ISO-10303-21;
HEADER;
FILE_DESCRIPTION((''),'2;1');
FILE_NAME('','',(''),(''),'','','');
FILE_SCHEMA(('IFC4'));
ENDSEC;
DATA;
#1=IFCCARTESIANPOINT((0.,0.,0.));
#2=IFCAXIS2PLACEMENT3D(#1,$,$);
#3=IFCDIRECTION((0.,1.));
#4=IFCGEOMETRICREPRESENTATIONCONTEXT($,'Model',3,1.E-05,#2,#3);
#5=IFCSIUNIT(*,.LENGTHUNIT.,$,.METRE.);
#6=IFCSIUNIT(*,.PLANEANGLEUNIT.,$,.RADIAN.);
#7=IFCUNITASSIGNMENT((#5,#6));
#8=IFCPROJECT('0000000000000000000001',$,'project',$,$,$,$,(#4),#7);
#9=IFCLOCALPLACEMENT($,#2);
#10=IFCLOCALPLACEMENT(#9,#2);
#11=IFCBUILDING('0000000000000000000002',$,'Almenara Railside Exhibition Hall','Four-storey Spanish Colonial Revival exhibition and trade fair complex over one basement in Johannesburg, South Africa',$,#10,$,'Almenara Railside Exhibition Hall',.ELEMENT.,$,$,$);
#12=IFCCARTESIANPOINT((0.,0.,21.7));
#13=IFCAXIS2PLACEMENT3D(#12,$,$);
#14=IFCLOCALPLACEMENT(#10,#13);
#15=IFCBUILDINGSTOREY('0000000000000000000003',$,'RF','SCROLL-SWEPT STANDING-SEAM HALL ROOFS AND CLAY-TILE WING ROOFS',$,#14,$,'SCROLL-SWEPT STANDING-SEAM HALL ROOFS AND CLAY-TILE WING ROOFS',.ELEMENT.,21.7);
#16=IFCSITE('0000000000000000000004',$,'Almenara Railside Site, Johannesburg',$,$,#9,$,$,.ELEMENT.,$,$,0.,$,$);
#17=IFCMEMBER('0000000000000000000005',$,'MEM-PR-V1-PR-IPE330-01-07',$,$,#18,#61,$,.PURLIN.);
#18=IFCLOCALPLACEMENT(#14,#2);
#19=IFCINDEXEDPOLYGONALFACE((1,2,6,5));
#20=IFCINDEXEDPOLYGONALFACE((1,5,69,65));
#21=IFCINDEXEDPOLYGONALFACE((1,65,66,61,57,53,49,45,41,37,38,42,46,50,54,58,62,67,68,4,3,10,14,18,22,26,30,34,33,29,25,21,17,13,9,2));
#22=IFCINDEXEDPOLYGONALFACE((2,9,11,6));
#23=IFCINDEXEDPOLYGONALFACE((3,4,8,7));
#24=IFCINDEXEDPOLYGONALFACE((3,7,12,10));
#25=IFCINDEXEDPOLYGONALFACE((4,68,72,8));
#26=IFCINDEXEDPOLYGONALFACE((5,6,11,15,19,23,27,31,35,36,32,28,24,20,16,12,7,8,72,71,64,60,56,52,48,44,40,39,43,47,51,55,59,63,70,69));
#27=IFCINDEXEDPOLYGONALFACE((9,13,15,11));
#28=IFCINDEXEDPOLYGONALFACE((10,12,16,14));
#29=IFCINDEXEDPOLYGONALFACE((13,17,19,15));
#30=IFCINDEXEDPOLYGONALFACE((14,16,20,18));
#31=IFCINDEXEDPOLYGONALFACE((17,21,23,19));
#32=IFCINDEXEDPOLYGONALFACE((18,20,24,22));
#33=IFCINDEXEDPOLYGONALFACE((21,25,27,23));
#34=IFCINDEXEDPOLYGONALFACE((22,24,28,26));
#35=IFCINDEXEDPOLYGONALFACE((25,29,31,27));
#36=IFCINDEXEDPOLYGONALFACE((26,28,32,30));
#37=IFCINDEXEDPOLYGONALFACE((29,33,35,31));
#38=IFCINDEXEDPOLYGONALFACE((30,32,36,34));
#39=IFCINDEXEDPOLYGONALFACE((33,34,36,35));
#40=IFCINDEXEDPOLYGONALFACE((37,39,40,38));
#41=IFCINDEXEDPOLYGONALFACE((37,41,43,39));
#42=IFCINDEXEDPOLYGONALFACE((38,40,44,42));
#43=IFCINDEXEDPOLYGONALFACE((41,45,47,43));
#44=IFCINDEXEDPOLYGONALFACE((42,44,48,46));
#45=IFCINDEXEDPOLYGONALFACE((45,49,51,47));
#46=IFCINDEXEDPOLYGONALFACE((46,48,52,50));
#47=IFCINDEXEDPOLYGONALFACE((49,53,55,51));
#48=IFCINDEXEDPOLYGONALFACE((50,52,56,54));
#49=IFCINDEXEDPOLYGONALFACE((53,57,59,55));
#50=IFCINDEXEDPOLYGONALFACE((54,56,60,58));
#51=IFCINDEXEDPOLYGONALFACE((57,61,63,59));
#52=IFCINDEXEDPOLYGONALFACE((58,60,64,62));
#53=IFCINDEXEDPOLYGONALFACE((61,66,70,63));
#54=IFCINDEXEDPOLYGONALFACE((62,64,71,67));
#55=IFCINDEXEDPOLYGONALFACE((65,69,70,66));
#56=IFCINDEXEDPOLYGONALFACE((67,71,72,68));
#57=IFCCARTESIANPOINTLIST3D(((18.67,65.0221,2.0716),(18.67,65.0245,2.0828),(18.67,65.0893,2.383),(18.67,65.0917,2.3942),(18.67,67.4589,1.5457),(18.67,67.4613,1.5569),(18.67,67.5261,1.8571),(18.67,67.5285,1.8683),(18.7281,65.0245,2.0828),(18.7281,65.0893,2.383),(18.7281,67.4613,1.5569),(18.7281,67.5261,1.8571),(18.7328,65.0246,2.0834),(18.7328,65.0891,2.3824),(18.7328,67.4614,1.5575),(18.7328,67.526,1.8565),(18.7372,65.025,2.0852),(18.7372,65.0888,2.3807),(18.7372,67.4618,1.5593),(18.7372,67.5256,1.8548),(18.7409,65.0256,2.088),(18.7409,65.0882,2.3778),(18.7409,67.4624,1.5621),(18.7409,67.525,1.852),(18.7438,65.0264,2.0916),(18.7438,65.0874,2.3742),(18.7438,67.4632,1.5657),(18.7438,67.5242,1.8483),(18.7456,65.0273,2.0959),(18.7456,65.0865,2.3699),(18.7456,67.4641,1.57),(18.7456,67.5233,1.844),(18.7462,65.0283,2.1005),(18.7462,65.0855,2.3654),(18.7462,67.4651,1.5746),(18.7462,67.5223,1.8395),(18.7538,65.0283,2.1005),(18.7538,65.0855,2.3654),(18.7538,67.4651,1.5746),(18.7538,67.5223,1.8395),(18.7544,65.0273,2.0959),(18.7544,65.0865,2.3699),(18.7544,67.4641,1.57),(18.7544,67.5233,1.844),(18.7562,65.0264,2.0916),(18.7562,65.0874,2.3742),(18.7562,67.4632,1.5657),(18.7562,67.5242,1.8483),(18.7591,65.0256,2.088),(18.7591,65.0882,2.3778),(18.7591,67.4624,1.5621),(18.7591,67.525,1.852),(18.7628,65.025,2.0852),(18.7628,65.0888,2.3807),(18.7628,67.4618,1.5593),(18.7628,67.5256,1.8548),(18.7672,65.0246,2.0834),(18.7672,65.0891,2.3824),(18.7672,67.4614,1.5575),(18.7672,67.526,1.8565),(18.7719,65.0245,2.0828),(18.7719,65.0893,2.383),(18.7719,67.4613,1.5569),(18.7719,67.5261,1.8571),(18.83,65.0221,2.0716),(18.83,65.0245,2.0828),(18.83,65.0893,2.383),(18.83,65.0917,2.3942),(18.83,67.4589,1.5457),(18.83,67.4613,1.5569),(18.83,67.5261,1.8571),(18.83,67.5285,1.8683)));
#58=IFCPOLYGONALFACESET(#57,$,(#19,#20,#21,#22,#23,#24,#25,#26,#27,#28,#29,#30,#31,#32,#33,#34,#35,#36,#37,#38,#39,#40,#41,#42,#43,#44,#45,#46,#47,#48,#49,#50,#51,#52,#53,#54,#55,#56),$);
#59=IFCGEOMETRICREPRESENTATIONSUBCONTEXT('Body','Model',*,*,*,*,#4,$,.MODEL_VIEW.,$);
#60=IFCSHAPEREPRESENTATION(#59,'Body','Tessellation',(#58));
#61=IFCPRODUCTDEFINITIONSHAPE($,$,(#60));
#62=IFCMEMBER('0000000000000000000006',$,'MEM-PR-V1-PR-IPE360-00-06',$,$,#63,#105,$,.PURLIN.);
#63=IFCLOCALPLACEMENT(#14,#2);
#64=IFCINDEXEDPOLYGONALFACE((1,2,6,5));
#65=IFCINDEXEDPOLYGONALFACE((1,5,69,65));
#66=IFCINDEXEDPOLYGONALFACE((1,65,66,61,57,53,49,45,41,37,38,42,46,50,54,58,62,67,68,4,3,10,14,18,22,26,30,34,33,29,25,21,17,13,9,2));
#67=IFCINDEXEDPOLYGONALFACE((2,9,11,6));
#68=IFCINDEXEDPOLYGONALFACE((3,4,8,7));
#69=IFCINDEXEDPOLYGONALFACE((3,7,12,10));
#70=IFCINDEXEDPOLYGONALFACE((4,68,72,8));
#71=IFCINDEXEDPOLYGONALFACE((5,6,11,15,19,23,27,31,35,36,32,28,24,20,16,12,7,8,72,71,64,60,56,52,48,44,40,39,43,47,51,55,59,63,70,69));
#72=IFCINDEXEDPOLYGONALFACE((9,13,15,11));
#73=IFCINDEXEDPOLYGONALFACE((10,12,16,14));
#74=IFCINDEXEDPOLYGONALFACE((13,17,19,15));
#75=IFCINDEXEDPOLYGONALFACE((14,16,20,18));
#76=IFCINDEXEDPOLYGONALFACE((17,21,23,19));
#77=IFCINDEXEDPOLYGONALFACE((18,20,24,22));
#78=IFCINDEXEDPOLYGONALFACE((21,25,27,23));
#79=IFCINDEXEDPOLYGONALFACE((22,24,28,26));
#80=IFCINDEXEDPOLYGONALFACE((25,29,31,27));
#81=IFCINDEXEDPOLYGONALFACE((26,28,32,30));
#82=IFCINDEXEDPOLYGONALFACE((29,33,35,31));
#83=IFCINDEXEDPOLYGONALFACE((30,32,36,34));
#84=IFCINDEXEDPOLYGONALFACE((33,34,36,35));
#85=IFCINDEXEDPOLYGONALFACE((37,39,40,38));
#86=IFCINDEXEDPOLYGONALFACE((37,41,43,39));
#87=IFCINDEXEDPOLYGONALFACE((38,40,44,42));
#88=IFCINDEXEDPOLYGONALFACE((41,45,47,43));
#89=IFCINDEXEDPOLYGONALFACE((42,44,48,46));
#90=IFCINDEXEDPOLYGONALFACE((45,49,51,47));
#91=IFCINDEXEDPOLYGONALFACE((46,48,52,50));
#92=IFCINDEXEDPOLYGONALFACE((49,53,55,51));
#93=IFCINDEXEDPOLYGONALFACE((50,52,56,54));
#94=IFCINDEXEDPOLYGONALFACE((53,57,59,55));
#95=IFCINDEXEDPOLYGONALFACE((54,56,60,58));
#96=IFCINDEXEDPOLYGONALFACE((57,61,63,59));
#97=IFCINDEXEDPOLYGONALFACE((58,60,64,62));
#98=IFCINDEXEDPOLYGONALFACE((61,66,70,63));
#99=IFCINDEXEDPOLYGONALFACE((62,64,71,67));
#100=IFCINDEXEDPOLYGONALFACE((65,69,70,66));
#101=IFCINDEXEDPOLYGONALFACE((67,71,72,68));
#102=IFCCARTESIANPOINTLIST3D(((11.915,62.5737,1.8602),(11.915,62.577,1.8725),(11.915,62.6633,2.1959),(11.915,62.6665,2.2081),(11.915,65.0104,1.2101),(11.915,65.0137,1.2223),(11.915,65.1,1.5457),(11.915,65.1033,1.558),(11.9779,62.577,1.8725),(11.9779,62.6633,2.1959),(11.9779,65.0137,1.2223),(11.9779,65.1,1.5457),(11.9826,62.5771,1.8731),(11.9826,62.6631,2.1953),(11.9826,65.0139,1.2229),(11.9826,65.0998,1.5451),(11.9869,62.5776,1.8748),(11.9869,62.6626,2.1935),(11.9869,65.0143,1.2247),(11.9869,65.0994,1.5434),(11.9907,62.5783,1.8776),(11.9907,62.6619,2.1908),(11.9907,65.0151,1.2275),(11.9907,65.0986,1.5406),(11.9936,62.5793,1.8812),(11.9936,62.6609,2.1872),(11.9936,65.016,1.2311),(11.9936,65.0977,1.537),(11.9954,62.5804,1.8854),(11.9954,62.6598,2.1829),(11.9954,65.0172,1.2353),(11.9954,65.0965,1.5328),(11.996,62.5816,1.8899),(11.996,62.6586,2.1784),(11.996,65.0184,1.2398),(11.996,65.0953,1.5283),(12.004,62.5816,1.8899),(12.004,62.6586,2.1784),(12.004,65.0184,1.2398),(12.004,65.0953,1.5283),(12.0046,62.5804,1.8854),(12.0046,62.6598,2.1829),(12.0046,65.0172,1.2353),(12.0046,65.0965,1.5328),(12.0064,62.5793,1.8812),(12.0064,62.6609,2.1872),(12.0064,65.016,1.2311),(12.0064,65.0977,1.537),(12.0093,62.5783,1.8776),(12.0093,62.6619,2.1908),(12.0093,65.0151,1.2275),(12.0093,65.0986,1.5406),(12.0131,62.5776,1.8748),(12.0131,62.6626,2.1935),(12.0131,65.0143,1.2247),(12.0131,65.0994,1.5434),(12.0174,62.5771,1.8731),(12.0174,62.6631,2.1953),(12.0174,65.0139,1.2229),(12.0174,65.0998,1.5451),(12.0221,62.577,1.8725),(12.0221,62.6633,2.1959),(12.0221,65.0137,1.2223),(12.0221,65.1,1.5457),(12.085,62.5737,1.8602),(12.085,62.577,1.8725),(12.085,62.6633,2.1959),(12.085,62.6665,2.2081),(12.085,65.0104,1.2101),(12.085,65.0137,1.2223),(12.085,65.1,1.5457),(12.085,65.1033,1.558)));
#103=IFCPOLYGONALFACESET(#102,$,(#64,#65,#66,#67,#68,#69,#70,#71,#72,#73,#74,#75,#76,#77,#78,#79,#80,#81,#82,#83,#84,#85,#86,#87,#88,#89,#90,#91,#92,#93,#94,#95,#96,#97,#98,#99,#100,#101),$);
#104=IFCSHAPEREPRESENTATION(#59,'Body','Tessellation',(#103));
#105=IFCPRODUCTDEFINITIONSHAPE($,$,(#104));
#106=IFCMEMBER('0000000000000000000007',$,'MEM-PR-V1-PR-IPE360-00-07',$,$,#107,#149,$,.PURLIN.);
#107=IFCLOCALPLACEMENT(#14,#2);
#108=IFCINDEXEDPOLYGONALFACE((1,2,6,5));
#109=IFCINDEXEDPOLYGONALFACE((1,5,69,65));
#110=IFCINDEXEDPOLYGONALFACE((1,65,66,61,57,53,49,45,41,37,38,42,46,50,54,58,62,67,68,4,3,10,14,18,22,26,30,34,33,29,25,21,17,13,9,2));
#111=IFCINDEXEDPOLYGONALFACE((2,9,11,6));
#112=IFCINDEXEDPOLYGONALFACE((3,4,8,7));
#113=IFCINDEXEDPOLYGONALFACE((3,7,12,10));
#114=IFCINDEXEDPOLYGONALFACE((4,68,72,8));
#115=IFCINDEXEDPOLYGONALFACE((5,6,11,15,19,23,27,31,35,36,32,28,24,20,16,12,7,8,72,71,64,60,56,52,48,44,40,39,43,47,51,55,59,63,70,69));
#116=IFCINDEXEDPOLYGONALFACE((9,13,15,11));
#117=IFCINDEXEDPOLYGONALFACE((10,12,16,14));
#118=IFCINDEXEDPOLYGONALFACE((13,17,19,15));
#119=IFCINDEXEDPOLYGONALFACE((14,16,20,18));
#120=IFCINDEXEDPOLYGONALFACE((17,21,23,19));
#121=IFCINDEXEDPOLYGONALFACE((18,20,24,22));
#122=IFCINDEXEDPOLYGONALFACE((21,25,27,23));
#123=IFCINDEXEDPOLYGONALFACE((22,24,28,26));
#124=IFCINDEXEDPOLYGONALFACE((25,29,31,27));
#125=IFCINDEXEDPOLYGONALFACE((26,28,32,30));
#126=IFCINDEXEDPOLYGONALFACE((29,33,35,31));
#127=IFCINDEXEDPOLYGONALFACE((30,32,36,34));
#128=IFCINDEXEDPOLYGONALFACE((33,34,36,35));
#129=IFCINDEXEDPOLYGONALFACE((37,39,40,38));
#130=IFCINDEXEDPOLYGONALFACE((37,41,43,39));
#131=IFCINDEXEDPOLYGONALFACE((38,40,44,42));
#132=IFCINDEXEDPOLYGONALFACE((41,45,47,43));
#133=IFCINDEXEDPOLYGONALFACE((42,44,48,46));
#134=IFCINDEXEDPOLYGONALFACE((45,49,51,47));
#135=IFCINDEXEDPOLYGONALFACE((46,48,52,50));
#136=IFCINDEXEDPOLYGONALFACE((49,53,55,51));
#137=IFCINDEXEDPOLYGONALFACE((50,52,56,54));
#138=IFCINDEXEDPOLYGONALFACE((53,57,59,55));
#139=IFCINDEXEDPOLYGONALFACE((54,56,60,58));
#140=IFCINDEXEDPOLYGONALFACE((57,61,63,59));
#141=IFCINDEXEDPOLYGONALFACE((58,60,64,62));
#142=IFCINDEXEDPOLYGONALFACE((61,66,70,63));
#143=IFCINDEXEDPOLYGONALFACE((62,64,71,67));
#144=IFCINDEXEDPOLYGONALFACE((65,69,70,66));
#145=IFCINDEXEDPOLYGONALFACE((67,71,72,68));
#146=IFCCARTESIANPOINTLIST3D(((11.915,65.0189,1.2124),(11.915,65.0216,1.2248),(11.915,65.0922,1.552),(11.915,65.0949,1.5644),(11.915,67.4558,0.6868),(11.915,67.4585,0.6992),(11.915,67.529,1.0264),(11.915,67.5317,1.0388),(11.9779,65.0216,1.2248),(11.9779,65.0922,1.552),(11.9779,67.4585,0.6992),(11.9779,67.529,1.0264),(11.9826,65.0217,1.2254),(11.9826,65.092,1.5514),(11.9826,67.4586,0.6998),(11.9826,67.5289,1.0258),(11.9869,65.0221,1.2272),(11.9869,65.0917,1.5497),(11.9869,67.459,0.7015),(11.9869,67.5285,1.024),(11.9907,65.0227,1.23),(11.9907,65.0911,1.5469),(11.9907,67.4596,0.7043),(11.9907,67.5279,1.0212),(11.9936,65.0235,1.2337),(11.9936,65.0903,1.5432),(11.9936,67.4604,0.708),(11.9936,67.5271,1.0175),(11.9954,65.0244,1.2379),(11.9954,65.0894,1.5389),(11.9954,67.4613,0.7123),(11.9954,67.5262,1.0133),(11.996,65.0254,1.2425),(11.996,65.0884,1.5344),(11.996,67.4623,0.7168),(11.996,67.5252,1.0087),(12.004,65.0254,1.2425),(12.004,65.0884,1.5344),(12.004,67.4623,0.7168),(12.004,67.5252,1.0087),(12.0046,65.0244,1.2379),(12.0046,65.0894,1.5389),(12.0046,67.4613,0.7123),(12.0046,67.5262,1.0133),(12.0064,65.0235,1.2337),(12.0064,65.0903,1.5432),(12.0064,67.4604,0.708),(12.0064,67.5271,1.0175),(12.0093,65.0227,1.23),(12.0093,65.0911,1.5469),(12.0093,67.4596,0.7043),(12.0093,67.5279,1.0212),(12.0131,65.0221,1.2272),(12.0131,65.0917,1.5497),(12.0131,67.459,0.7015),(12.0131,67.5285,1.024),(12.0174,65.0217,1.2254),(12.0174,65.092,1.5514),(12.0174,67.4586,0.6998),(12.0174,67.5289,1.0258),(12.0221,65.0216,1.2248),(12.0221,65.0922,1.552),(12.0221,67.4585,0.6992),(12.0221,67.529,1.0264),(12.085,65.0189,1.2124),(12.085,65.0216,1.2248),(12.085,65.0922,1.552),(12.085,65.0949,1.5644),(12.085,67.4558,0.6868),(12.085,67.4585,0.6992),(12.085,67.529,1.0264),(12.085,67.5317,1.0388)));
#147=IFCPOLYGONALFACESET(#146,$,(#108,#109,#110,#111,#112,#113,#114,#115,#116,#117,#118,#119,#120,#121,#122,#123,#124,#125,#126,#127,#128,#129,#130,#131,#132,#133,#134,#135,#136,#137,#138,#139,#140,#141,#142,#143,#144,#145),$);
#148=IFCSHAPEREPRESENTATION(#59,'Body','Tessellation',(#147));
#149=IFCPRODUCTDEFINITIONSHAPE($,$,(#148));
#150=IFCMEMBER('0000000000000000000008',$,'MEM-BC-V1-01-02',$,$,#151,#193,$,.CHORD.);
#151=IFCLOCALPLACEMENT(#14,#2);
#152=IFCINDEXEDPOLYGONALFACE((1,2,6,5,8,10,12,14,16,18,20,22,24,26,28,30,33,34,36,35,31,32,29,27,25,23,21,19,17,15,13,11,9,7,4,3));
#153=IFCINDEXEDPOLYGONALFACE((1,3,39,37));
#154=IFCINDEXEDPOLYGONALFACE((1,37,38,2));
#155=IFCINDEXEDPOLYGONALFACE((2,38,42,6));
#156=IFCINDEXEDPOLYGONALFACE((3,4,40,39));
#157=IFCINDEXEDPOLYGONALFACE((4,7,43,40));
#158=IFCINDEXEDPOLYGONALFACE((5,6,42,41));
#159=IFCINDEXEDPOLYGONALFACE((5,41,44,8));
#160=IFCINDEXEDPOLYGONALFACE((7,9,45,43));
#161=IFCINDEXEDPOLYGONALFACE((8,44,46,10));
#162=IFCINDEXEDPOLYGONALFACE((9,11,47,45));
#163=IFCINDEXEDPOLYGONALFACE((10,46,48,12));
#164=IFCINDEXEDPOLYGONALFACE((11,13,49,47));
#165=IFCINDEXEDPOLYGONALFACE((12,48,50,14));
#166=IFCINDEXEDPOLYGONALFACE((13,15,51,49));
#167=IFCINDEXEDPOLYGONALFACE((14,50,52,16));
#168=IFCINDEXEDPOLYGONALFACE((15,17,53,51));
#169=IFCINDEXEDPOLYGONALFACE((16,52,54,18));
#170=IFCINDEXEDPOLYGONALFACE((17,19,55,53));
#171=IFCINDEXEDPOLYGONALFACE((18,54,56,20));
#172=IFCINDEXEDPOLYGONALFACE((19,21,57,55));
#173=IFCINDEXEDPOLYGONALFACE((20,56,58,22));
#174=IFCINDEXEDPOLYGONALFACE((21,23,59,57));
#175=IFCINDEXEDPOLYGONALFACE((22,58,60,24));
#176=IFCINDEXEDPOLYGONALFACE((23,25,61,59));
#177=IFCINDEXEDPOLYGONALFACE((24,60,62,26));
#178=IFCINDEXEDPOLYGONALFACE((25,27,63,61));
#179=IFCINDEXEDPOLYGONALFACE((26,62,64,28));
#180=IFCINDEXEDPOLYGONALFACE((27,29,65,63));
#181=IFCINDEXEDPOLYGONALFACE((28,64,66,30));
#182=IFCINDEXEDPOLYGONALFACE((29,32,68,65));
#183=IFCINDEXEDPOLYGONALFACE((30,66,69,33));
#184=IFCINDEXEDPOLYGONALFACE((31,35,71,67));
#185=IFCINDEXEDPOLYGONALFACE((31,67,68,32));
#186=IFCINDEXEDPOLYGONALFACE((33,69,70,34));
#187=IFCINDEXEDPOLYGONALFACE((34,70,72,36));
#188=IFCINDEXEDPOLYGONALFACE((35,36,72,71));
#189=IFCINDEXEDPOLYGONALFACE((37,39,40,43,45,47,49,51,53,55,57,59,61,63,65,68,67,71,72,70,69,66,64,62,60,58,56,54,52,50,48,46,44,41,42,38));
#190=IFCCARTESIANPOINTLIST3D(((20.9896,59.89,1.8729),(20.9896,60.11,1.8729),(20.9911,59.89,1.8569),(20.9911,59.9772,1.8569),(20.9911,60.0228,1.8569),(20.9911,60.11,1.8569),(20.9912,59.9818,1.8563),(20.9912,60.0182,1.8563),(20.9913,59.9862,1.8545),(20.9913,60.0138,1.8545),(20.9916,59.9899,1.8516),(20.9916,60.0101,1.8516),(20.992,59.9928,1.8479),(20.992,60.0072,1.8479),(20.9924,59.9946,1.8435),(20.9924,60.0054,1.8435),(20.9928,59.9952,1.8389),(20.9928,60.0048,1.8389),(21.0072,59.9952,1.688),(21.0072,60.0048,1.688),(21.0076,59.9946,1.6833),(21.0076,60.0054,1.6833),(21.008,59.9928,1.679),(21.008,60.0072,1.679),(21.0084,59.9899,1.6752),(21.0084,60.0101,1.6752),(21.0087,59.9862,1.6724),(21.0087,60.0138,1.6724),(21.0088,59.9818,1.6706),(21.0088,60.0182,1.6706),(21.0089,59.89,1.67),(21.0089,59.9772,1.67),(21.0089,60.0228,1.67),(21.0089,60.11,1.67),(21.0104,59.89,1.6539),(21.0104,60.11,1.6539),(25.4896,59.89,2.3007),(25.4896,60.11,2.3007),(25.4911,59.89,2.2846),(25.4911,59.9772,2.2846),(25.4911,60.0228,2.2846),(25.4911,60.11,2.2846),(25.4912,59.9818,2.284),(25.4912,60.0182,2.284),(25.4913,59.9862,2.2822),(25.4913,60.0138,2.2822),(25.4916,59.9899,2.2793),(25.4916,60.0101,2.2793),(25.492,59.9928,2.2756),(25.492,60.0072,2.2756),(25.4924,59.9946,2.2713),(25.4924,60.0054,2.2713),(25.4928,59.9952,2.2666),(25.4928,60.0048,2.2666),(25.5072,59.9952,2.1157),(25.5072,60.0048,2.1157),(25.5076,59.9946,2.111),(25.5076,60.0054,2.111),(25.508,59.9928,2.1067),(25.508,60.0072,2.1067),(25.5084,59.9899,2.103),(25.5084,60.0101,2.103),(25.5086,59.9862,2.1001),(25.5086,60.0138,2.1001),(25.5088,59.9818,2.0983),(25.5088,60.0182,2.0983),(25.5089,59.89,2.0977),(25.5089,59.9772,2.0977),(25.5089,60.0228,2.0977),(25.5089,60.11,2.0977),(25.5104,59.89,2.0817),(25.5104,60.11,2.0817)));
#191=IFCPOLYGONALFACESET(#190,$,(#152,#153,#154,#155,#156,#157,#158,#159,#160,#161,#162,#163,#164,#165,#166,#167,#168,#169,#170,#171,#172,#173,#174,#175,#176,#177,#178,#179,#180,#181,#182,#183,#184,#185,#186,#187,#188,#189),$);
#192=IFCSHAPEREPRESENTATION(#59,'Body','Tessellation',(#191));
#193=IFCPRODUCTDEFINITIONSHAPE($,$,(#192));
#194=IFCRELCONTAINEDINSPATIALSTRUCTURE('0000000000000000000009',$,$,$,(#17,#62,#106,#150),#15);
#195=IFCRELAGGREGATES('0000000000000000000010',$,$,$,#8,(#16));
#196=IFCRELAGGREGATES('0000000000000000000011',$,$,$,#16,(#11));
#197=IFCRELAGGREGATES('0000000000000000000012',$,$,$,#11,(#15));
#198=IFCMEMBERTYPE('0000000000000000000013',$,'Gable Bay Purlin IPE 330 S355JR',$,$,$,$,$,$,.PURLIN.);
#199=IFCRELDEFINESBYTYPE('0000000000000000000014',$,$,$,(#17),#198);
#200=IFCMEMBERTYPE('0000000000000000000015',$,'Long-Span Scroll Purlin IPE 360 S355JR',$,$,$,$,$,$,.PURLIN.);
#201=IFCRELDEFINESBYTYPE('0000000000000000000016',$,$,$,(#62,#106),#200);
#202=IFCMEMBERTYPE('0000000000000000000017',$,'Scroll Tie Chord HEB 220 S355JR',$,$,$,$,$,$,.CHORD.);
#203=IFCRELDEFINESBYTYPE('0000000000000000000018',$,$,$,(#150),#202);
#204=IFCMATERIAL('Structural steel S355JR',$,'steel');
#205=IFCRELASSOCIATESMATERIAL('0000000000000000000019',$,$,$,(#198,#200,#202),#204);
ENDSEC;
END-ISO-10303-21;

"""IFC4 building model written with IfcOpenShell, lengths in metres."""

from ifc_helpers import new_model, si_unit, direction, frame, origin, origin_2d, place, context, subcontext, project, spatial, i_section, extrude, material, material_profile, profile_set, type_object, element, save


model = new_model("IFC4")

# Units and contexts
model_context = context("Model", 3, precision=1e-05, world=origin(), true_north=direction((0.0, 1.0)))
body_context = subcontext(model_context, "Body", "Model", "MODEL_VIEW")
ifc_project = project(units=[si_unit("LENGTHUNIT", "METRE"), si_unit("PLANEANGLEUNIT", "RADIAN")], contexts=[model_context])

# Site, building, storey
site_placement = place(None, origin())
site = spatial("IfcSite", under=ifc_project, at=site_placement, Name="Almenara Railside Site, Johannesburg", CompositionType="ELEMENT", RefElevation=0.0)
building_placement = place(site_placement, origin())
building = spatial("IfcBuilding", under=site, at=building_placement, Name="Almenara Railside Exhibition Hall", Description="Four-storey Spanish Colonial Revival exhibition and trade fair complex over one basement in Johannesburg, South Africa", LongName="Almenara Railside Exhibition Hall", CompositionType="ELEMENT")
storey_placement = place(building_placement, frame((0.0, 0.0, 21.7)))
storey = spatial("IfcBuildingStorey", under=building, at=storey_placement, Name="RF", Description="SCROLL-SWEPT STANDING-SEAM HALL ROOFS AND CLAY-TILE WING ROOFS", LongName="SCROLL-SWEPT STANDING-SEAM HALL ROOFS AND CLAY-TILE WING ROOFS", CompositionType="ELEMENT", Elevation=21.7)

# Shared definitions
ifc_material_1 = material(Name="Structural steel S355JR", Category="steel")

# Members
ifc_material_profile_1 = material_profile(ifc_material_1, i_section(OverallWidth=0.1599, OverallDepth=0.3301, WebThickness=0.0076, FlangeThickness=0.0115, FilletRadius=0.0181, at=origin_2d()), Name="IPE 330")
ifc_profile_set_1 = profile_set([ifc_material_profile_1], Name="Structural steel S355JR")
member_type_1 = type_object("IfcMemberType", Name="Gable Bay Purlin IPE 330 S355JR", PredefinedType="PURLIN", material=ifc_profile_set_1)
member_1_placement = place(storey_placement, frame((18.75, 65.0569, 2.2329), z_axis=(0.0, 0.977496, -0.210953), x_axis=(-1.0, 0.0, 0.0)))
element("IfcMember", 1, at=member_1_placement, inside=storey, type_object=member_type_1, Name="MEM-PR-V1-PR-IPE330-01-07", PredefinedType="PURLIN", context=body_context, shape_type="SweptSolid", body=[
    extrude(i_section(OverallWidth=0.1599, OverallDepth=0.3301, WebThickness=0.0076, FlangeThickness=0.0115, FilletRadius=0.0181, at=origin_2d()), origin(), (0.0, 0.0, 1.0), 2.4929),
])
ifc_material_profile_2 = material_profile(ifc_material_1, i_section(OverallWidth=0.1699, OverallDepth=0.3601, WebThickness=0.0081, FlangeThickness=0.0127, FilletRadius=0.0181, at=origin_2d()), Name="IPE 360")
ifc_profile_set_2 = profile_set([ifc_material_profile_2], Name="Structural steel S355JR")
member_type_2 = type_object("IfcMemberType", Name="Long-Span Scroll Purlin IPE 360 S355JR", PredefinedType="PURLIN", material=ifc_profile_set_2)
member_2_placement = place(storey_placement, frame((12.0, 62.6201, 2.0342), z_axis=(0.0, 0.966201, -0.257789), x_axis=(-1.0, 0.0, 0.0)))
element("IfcMember", 2, at=member_2_placement, inside=storey, type_object=member_type_2, Name="MEM-PR-V1-PR-IPE360-00-06", PredefinedType="PURLIN", context=body_context, shape_type="SweptSolid", body=[
    extrude(i_section(OverallWidth=0.1699, OverallDepth=0.3601, WebThickness=0.0081, FlangeThickness=0.0127, FilletRadius=0.0181, at=origin_2d()), origin(), (0.0, 0.0, 1.0), 2.522),
])
member_3_placement = place(storey_placement, frame((12.0, 65.0569, 1.3884), z_axis=(0.0, 0.977516, -0.21086), x_axis=(-1.0, 0.0, 0.0)))
element("IfcMember", 3, at=member_3_placement, inside=storey, type_object=member_type_2, Name="MEM-PR-V1-PR-IPE360-00-07", PredefinedType="PURLIN", context=body_context, shape_type="SweptSolid", body=[
    extrude(i_section(OverallWidth=0.1699, OverallDepth=0.3601, WebThickness=0.0081, FlangeThickness=0.0127, FilletRadius=0.0181, at=origin_2d()), origin(), (0.0, 0.0, 1.0), 2.4929),
])
ifc_material_profile_3 = material_profile(ifc_material_1, i_section(OverallWidth=0.22, OverallDepth=0.22, WebThickness=0.0095, FlangeThickness=0.0161, FilletRadius=0.0181, at=origin_2d()), Name="HEB 220")
ifc_profile_set_3 = profile_set([ifc_material_profile_3], Name="Structural steel S355JR")
member_type_3 = type_object("IfcMemberType", Name="Scroll Tie Chord HEB 220 S355JR", PredefinedType="CHORD", material=ifc_profile_set_3)
member_4_placement = place(storey_placement, frame((21.0, 60.0, 1.7634), z_axis=(0.995513, 0.0, 0.094626), x_axis=(0.0, 1.0, 0.0)))
element("IfcMember", 4, at=member_4_placement, inside=storey, type_object=member_type_3, Name="MEM-BC-V1-01-02", PredefinedType="CHORD", context=body_context, shape_type="SweptSolid", body=[
    extrude(i_section(OverallWidth=0.22, OverallDepth=0.22, WebThickness=0.0095, FlangeThickness=0.0161, FilletRadius=0.0181, at=origin_2d()), origin(), (0.0, 0.0, 1.0), 4.5203),
])

save(model, "model.ifc")
